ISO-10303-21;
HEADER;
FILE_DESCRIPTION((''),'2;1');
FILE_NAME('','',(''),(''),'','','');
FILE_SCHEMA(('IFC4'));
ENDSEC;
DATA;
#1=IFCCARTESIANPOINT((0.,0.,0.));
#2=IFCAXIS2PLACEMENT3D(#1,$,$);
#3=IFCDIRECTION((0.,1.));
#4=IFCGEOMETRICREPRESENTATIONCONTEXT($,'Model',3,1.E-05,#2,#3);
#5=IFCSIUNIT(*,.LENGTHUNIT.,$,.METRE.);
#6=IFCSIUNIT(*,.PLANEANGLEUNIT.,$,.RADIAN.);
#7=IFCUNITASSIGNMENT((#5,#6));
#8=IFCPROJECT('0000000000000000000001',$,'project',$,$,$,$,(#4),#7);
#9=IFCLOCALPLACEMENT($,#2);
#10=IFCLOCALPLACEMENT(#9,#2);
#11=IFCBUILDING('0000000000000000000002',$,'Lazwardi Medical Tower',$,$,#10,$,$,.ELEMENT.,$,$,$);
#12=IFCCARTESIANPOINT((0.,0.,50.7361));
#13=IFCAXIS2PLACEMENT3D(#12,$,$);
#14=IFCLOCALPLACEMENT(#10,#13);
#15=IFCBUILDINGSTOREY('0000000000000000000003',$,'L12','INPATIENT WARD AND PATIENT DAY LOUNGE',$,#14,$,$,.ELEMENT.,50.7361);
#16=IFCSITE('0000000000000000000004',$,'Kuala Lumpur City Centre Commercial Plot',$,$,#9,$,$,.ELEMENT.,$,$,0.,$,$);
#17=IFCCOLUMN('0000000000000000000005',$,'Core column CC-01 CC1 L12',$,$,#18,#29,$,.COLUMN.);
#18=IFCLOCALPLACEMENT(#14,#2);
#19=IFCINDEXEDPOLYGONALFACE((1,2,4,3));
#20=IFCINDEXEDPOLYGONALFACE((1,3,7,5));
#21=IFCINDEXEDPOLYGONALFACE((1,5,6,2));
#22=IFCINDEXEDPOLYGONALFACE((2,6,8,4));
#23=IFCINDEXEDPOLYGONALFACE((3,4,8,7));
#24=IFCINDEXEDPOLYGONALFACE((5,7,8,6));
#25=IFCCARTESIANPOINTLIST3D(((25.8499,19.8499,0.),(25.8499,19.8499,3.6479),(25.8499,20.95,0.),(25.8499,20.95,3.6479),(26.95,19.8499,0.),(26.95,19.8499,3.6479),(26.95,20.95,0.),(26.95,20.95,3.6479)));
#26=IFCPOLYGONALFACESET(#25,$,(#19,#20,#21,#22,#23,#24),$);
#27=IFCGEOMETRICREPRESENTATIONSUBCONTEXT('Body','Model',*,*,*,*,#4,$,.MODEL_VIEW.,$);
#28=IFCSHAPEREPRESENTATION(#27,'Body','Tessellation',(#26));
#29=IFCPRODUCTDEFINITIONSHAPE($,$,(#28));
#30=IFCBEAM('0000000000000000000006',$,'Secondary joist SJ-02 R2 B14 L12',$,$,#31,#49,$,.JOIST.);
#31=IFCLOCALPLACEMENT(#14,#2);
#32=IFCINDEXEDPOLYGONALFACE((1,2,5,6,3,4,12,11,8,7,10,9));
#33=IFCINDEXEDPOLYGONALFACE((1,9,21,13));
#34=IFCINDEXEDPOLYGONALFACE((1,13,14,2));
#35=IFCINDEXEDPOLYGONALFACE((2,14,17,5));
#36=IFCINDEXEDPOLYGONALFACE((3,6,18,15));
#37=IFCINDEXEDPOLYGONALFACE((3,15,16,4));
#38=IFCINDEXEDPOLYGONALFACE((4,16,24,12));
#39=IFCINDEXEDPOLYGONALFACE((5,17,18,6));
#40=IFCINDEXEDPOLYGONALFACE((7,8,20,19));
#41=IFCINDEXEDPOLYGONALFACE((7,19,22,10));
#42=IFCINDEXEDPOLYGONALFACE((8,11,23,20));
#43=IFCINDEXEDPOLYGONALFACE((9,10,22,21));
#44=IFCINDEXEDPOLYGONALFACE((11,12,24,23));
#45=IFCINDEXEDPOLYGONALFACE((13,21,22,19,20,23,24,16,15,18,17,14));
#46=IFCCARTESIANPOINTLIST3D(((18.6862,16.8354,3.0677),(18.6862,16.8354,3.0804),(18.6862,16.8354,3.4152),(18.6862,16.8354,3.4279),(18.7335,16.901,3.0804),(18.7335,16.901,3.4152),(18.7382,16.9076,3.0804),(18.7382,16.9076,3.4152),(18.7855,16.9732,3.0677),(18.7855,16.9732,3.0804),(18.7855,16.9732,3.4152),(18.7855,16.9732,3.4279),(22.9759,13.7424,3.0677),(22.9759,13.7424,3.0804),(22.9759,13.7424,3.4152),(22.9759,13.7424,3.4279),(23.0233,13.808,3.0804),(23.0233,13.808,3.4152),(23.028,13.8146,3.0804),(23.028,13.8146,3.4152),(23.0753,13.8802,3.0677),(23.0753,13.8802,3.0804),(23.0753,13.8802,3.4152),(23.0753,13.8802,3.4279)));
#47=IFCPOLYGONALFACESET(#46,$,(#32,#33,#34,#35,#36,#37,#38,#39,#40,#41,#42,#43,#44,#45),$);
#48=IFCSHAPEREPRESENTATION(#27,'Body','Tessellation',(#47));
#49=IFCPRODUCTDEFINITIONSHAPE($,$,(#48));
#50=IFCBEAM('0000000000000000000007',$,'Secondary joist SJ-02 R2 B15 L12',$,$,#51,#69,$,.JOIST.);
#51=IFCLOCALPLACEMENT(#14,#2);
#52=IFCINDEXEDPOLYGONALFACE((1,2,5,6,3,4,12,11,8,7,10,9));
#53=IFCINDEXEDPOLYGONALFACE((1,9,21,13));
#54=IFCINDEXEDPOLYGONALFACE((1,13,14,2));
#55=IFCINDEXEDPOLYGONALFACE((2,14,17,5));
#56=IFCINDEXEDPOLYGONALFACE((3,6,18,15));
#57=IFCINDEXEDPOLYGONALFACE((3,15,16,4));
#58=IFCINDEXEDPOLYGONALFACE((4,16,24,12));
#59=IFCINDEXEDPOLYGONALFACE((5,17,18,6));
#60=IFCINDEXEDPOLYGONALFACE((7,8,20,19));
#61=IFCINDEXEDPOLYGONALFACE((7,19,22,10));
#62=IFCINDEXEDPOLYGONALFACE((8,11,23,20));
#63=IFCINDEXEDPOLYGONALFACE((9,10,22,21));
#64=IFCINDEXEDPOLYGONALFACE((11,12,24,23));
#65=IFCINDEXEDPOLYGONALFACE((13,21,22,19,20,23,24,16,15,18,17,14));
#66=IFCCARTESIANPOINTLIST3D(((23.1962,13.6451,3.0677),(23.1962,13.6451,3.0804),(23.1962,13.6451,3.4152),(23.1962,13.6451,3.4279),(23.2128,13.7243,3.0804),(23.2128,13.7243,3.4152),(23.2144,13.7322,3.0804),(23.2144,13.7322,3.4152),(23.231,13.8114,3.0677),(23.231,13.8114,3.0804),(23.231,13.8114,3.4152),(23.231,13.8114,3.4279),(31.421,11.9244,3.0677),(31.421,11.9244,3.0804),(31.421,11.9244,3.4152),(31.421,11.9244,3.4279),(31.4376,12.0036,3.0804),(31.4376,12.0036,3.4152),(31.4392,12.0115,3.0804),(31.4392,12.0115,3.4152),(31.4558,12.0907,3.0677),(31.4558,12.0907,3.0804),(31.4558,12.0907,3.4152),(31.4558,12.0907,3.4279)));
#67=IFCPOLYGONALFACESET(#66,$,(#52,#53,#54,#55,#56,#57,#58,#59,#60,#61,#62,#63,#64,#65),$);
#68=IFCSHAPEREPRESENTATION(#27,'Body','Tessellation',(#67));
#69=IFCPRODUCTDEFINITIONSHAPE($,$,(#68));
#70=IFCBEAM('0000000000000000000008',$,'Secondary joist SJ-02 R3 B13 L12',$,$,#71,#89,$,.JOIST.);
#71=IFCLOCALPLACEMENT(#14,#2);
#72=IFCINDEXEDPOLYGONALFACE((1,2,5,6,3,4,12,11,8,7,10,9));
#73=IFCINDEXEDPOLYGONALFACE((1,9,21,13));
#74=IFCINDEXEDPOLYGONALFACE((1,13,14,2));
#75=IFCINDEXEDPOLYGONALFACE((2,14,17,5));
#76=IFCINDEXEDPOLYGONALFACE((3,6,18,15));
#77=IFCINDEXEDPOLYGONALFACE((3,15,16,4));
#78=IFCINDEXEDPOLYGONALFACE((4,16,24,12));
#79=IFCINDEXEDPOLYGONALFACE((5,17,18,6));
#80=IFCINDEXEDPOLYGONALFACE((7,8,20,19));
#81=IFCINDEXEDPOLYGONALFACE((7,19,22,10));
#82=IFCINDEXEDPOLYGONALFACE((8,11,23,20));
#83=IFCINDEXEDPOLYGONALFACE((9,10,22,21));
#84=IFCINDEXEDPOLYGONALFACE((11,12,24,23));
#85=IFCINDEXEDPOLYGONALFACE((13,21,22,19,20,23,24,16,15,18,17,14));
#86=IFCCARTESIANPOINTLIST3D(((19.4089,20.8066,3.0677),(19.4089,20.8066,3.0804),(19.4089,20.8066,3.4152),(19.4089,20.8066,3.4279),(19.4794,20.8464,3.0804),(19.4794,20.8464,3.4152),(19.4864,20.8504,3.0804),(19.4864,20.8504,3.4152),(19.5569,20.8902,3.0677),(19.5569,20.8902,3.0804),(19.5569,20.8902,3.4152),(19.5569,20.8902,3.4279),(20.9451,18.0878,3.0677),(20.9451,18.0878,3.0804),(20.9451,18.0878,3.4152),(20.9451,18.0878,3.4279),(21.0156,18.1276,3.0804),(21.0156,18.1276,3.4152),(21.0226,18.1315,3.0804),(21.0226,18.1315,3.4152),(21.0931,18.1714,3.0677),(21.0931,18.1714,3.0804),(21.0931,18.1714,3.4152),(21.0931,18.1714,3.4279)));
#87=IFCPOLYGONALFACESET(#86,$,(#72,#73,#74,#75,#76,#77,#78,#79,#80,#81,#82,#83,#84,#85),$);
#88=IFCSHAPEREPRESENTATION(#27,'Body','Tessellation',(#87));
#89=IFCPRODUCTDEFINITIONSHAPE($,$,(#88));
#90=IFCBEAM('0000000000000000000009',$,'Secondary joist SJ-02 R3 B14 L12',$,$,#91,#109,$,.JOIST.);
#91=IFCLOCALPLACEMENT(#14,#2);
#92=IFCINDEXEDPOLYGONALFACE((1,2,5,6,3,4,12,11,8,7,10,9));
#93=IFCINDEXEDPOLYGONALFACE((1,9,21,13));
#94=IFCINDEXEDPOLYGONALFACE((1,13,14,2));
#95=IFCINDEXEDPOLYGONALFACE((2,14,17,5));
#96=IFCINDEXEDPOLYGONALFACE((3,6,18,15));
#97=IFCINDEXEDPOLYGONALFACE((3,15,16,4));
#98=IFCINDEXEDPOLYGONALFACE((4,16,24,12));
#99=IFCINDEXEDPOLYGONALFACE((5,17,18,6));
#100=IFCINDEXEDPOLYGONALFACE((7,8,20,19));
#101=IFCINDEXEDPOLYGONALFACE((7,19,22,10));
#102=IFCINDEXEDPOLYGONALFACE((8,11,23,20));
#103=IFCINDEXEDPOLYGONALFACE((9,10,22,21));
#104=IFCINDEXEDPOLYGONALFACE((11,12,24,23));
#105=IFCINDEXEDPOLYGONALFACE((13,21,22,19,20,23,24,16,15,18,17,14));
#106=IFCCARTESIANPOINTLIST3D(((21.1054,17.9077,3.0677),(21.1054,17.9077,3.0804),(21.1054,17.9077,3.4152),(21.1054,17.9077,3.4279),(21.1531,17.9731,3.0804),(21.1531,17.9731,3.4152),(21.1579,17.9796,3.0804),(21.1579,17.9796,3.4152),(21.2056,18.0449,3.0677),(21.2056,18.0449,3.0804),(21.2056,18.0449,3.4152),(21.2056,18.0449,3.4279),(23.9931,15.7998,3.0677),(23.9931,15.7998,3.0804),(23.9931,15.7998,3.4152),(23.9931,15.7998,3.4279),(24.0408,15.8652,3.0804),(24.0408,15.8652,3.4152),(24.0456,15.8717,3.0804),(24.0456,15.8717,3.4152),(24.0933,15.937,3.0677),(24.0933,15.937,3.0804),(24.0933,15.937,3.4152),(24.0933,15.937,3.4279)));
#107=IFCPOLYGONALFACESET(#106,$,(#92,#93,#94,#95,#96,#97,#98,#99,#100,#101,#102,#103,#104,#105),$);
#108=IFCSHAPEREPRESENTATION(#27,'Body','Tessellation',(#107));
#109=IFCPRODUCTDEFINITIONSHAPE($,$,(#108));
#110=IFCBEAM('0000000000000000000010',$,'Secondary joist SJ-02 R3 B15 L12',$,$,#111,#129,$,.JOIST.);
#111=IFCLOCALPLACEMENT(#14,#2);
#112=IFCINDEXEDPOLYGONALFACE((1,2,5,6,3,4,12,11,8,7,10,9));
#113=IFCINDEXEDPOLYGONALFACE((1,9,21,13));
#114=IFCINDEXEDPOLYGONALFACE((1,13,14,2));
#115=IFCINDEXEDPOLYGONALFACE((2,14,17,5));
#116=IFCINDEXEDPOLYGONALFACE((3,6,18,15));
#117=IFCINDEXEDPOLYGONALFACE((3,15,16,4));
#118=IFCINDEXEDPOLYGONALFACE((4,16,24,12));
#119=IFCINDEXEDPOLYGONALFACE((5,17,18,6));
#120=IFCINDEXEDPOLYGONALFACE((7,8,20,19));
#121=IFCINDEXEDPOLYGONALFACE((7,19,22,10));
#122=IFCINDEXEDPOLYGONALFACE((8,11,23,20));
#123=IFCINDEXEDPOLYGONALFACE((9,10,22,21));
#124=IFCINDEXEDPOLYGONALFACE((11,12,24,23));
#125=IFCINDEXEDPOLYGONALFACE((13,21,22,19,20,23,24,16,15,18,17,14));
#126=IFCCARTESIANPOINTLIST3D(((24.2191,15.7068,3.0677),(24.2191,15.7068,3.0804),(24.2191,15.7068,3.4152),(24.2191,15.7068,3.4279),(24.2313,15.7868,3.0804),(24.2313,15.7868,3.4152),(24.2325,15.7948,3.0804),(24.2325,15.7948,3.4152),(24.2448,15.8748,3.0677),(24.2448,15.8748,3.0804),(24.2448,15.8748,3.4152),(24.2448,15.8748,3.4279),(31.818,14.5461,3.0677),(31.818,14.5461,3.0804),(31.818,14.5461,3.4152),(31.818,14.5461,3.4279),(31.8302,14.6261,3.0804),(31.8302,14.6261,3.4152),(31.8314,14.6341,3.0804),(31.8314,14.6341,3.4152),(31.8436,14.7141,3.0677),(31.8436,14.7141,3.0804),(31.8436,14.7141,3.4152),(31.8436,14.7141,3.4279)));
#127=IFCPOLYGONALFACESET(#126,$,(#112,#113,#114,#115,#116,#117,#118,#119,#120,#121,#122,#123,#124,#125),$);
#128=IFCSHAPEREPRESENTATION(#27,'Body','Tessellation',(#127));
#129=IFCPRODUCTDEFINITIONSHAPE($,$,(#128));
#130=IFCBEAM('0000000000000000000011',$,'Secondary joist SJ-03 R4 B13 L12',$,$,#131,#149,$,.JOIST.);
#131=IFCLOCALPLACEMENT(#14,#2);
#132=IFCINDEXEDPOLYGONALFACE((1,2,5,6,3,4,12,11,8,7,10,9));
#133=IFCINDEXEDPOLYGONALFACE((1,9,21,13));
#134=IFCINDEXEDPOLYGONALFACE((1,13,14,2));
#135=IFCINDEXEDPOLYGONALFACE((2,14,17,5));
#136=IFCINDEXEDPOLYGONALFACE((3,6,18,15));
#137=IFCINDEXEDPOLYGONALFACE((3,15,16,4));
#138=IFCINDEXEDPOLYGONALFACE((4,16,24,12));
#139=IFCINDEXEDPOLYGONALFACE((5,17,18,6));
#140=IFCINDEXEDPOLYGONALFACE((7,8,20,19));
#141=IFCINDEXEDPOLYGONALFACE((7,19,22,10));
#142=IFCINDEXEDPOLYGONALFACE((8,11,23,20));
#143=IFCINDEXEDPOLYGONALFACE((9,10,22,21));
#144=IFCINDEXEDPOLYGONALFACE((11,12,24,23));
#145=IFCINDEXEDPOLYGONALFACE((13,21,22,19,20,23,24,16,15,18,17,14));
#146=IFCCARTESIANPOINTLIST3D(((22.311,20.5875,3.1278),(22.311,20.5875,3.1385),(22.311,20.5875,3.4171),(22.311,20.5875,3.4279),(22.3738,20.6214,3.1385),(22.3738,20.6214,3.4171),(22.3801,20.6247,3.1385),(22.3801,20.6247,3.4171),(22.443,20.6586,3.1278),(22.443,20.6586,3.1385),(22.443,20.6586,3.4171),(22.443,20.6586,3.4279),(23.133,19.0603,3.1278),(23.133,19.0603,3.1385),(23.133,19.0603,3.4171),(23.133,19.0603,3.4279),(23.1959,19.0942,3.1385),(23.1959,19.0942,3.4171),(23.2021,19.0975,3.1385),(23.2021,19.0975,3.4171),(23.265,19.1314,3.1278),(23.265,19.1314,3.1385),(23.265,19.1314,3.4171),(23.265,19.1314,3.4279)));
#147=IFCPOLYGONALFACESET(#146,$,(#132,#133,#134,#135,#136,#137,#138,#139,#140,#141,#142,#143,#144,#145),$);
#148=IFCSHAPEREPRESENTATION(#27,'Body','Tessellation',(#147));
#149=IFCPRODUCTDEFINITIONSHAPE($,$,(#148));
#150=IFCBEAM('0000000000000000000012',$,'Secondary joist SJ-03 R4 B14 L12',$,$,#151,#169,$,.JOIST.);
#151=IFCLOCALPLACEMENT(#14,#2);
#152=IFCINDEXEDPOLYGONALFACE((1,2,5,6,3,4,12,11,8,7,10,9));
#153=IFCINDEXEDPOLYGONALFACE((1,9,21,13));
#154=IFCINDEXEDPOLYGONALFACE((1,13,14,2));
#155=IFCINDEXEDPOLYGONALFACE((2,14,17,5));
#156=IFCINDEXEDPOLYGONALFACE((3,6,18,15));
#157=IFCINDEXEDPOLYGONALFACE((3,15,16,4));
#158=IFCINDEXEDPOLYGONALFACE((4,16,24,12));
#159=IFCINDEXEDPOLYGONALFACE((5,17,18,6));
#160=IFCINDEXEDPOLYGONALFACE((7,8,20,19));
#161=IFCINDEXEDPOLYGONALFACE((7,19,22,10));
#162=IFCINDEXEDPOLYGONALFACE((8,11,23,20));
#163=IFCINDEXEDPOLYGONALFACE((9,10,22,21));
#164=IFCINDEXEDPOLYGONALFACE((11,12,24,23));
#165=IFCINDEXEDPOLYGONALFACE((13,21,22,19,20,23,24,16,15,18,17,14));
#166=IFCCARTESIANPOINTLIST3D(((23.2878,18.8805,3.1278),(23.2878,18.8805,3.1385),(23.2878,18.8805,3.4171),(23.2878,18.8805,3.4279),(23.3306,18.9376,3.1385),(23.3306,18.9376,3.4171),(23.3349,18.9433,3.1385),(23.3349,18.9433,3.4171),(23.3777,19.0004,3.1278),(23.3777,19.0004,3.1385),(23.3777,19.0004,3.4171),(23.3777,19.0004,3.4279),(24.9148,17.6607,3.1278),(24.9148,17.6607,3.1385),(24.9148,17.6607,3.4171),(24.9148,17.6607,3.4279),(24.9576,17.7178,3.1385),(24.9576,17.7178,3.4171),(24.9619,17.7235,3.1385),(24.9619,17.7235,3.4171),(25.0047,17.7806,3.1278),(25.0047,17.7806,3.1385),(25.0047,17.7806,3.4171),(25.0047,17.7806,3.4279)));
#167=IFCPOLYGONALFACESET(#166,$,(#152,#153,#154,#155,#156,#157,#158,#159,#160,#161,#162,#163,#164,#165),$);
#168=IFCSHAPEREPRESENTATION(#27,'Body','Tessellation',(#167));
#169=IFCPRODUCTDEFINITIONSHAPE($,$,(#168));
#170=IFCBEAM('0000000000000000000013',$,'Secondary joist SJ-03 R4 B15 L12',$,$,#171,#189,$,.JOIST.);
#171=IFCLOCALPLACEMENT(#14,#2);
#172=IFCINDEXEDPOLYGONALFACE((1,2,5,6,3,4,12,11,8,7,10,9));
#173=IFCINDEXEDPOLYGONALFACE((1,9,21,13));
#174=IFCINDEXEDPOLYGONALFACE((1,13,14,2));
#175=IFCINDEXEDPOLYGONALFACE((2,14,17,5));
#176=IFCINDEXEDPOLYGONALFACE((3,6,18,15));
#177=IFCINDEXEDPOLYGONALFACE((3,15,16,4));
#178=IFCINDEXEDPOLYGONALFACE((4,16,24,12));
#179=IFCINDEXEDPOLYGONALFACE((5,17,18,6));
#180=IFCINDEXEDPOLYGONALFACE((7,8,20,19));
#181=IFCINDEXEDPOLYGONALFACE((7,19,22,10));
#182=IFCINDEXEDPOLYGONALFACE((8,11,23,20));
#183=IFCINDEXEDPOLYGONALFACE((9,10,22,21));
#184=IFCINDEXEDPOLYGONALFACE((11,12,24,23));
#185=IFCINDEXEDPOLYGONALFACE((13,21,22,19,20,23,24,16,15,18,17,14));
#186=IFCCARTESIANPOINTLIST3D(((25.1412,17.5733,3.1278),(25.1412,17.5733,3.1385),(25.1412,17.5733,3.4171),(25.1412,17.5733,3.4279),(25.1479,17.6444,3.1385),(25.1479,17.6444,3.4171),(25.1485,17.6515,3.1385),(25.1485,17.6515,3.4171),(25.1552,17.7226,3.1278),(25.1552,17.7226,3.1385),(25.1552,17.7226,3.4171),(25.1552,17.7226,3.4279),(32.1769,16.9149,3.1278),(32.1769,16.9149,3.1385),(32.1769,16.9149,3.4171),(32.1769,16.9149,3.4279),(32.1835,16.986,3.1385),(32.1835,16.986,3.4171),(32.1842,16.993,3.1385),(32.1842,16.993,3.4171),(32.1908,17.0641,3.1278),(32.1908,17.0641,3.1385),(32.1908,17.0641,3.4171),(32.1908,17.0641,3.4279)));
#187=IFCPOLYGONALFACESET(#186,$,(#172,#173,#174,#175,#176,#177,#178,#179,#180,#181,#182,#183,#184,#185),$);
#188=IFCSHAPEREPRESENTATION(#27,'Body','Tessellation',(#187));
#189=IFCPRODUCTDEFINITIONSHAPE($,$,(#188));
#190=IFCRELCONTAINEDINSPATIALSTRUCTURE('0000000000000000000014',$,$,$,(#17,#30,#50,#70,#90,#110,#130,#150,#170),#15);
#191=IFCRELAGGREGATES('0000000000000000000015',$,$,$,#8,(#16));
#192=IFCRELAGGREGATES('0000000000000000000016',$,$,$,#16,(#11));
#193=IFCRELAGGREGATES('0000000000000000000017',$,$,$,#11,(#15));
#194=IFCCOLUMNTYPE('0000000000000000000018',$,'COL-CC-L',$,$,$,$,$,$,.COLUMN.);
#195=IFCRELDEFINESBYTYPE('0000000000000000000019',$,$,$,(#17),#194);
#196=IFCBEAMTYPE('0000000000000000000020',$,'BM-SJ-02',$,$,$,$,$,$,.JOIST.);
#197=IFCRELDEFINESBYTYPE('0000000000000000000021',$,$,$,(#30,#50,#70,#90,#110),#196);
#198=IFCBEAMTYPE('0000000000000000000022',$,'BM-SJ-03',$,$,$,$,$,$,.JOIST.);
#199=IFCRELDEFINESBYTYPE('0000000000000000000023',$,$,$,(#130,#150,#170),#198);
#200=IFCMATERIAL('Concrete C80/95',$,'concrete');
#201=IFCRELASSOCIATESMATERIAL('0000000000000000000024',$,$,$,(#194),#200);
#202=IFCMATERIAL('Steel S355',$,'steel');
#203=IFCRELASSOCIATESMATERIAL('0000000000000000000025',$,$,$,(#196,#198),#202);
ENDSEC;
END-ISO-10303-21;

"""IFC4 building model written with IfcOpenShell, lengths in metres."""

from ifc_helpers import new_model, si_unit, direction, frame, origin, origin_2d, place, context, subcontext, project, spatial, rectangle, i_section, extrude, material, material_profile, profile_set, type_object, element, save


model = new_model("IFC4")

# Units and contexts
model_context = context("Model", 3, precision=1e-05, world=origin(), true_north=direction((0.0, 1.0)))
body_context = subcontext(model_context, "Body", "Model", "MODEL_VIEW")
ifc_project = project(units=[si_unit("LENGTHUNIT", "METRE"), si_unit("PLANEANGLEUNIT", "RADIAN")], contexts=[model_context])

# Site, building, storey
site_placement = place(None, origin())
site = spatial("IfcSite", under=ifc_project, at=site_placement, Name="Kuala Lumpur City Centre Commercial Plot", CompositionType="ELEMENT", RefElevation=0.0)
building_placement = place(site_placement, origin())
building = spatial("IfcBuilding", under=site, at=building_placement, Name="Lazwardi Medical Tower", CompositionType="ELEMENT")
storey_placement = place(building_placement, frame((0.0, 0.0, 50.7361)))
storey = spatial("IfcBuildingStorey", under=building, at=storey_placement, Name="L12", Description="INPATIENT WARD AND PATIENT DAY LOUNGE", CompositionType="ELEMENT", Elevation=50.7361)

# Column
ifc_material_1 = material(Name="Concrete C80/95", Category="concrete")
ifc_material_profile_1 = material_profile(ifc_material_1, rectangle(XDim=1.1001, YDim=1.1001, at=origin_2d()), Name="RC 1100x1100")
ifc_profile_set_1 = profile_set([ifc_material_profile_1], Name="Concrete C80/95")
column_type = type_object("IfcColumnType", Name="COL-CC-L", PredefinedType="COLUMN", material=ifc_profile_set_1)
column_placement = place(storey_placement, frame((26.3999, 20.3999, 0.0), z_axis=(0.0, 0.0, 1.0), x_axis=(1.0, 0.0, 0.0)))
element("IfcColumn", 1, at=column_placement, inside=storey, type_object=column_type, Name="Core column CC-01 CC1 L12", PredefinedType="COLUMN", context=body_context, shape_type="SweptSolid", body=[
    extrude(rectangle(XDim=1.1001, YDim=1.1001, at=origin_2d()), origin(), (0.0, 0.0, 1.0), 3.6479),
])

# Beams
ifc_material_2 = material(Name="Steel S355", Category="steel")
ifc_material_profile_2 = material_profile(ifc_material_2, i_section(OverallWidth=0.1699, OverallDepth=0.3601, WebThickness=0.0081, FlangeThickness=0.0127, at=origin_2d()), Name="IPE 360")
ifc_profile_set_2 = profile_set([ifc_material_profile_2], Name="Steel S355")
beam_type_1 = type_object("IfcBeamType", Name="BM-SJ-02", PredefinedType="JOIST", material=ifc_profile_set_2)
beam_1_placement = place(storey_placement, frame((18.7358, 16.9043, 3.2478), z_axis=(0.811143, -0.584848, 0.0), x_axis=(0.584848, 0.811143, 0.0)))
element("IfcBeam", 2, at=beam_1_placement, inside=storey, type_object=beam_type_1, Name="Secondary joist SJ-02 R2 B14 L12", PredefinedType="JOIST", context=body_context, shape_type="SweptSolid", body=[
    extrude(i_section(OverallWidth=0.1699, OverallDepth=0.3601, WebThickness=0.0081, FlangeThickness=0.0127, at=origin_2d()), origin(), (0.0, 0.0, 1.0), 5.2886),
])
beam_2_placement = place(storey_placement, frame((23.2136, 13.7283, 3.2478), z_axis=(0.978809, -0.204774, 0.0), x_axis=(0.204774, 0.978809, 0.0)))
element("IfcBeam", 3, at=beam_2_placement, inside=storey, type_object=beam_type_1, Name="Secondary joist SJ-02 R2 B15 L12", PredefinedType="JOIST", context=body_context, shape_type="SweptSolid", body=[
    extrude(i_section(OverallWidth=0.1699, OverallDepth=0.3601, WebThickness=0.0081, FlangeThickness=0.0127, at=origin_2d()), origin(), (0.0, 0.0, 1.0), 8.4028),
])
beam_3_placement = place(storey_placement, frame((19.4829, 20.8484, 3.2478), z_axis=(0.491923, -0.870639, 0.0), x_axis=(0.870639, 0.491923, 0.0)))
element("IfcBeam", 4, at=beam_3_placement, inside=storey, type_object=beam_type_1, Name="Secondary joist SJ-02 R3 B13 L12", PredefinedType="JOIST", context=body_context, shape_type="SweptSolid", body=[
    extrude(i_section(OverallWidth=0.1699, OverallDepth=0.3601, WebThickness=0.0081, FlangeThickness=0.0127, at=origin_2d()), origin(), (0.0, 0.0, 1.0), 3.1228),
])
beam_4_placement = place(storey_placement, frame((21.1555, 17.9763, 3.2478), z_axis=(0.807701, -0.589592, 0.0), x_axis=(0.589592, 0.807701, 0.0)))
element("IfcBeam", 5, at=beam_4_placement, inside=storey, type_object=beam_type_1, Name="Secondary joist SJ-02 R3 B14 L12", PredefinedType="JOIST", context=body_context, shape_type="SweptSolid", body=[
    extrude(i_section(OverallWidth=0.1699, OverallDepth=0.3601, WebThickness=0.0081, FlangeThickness=0.0127, at=origin_2d()), origin(), (0.0, 0.0, 1.0), 3.5752),
])
beam_5_placement = place(storey_placement, frame((24.2319, 15.7908, 3.2478), z_axis=(0.988536, -0.150988, 0.0), x_axis=(0.150988, 0.988536, 0.0)))
element("IfcBeam", 6, at=beam_5_placement, inside=storey, type_object=beam_type_1, Name="Secondary joist SJ-02 R3 B15 L12", PredefinedType="JOIST", context=body_context, shape_type="SweptSolid", body=[
    extrude(i_section(OverallWidth=0.1699, OverallDepth=0.3601, WebThickness=0.0081, FlangeThickness=0.0127, at=origin_2d()), origin(), (0.0, 0.0, 1.0), 7.687),
])
ifc_material_profile_3 = material_profile(ifc_material_2, i_section(OverallWidth=0.1499, OverallDepth=0.3, WebThickness=0.0071, FlangeThickness=0.0107, at=origin_2d()), Name="IPE 300")
ifc_profile_set_3 = profile_set([ifc_material_profile_3], Name="Steel S355")
beam_type_2 = type_object("IfcBeamType", Name="BM-SJ-03", PredefinedType="JOIST", material=ifc_profile_set_3)
beam_6_placement = place(storey_placement, frame((22.377, 20.623, 3.2778), z_axis=(0.473982, -0.880534, 0.0), x_axis=(0.880534, 0.473982, 0.0)))
element("IfcBeam", 7, at=beam_6_placement, inside=storey, type_object=beam_type_2, Name="Secondary joist SJ-03 R4 B13 L12", PredefinedType="JOIST", context=body_context, shape_type="SweptSolid", body=[
    extrude(i_section(OverallWidth=0.1499, OverallDepth=0.3, WebThickness=0.0071, FlangeThickness=0.0107, at=origin_2d()), origin(), (0.0, 0.0, 1.0), 1.7344),
])
beam_7_placement = place(storey_placement, frame((23.3328, 18.9404, 3.2778), z_axis=(0.800115, -0.599846, 0.0), x_axis=(0.599846, 0.800115, 0.0)))
element("IfcBeam", 8, at=beam_7_placement, inside=storey, type_object=beam_type_2, Name="Secondary joist SJ-03 R4 B14 L12", PredefinedType="JOIST", context=body_context, shape_type="SweptSolid", body=[
    extrude(i_section(OverallWidth=0.1499, OverallDepth=0.3, WebThickness=0.0071, FlangeThickness=0.0107, at=origin_2d()), origin(), (0.0, 0.0, 1.0), 2.0334),
])
beam_8_placement = place(storey_placement, frame((25.1482, 17.6479, 3.2778), z_axis=(0.995649, -0.09318, 0.0), x_axis=(0.09318, 0.995649, 0.0)))
element("IfcBeam", 9, at=beam_8_placement, inside=storey, type_object=beam_type_2, Name="Secondary joist SJ-03 R4 B15 L12", PredefinedType="JOIST", context=body_context, shape_type="SweptSolid", body=[
    extrude(i_section(OverallWidth=0.1499, OverallDepth=0.3, WebThickness=0.0071, FlangeThickness=0.0107, at=origin_2d()), origin(), (0.0, 0.0, 1.0), 7.0664),
])

save(model, "model.ifc")
